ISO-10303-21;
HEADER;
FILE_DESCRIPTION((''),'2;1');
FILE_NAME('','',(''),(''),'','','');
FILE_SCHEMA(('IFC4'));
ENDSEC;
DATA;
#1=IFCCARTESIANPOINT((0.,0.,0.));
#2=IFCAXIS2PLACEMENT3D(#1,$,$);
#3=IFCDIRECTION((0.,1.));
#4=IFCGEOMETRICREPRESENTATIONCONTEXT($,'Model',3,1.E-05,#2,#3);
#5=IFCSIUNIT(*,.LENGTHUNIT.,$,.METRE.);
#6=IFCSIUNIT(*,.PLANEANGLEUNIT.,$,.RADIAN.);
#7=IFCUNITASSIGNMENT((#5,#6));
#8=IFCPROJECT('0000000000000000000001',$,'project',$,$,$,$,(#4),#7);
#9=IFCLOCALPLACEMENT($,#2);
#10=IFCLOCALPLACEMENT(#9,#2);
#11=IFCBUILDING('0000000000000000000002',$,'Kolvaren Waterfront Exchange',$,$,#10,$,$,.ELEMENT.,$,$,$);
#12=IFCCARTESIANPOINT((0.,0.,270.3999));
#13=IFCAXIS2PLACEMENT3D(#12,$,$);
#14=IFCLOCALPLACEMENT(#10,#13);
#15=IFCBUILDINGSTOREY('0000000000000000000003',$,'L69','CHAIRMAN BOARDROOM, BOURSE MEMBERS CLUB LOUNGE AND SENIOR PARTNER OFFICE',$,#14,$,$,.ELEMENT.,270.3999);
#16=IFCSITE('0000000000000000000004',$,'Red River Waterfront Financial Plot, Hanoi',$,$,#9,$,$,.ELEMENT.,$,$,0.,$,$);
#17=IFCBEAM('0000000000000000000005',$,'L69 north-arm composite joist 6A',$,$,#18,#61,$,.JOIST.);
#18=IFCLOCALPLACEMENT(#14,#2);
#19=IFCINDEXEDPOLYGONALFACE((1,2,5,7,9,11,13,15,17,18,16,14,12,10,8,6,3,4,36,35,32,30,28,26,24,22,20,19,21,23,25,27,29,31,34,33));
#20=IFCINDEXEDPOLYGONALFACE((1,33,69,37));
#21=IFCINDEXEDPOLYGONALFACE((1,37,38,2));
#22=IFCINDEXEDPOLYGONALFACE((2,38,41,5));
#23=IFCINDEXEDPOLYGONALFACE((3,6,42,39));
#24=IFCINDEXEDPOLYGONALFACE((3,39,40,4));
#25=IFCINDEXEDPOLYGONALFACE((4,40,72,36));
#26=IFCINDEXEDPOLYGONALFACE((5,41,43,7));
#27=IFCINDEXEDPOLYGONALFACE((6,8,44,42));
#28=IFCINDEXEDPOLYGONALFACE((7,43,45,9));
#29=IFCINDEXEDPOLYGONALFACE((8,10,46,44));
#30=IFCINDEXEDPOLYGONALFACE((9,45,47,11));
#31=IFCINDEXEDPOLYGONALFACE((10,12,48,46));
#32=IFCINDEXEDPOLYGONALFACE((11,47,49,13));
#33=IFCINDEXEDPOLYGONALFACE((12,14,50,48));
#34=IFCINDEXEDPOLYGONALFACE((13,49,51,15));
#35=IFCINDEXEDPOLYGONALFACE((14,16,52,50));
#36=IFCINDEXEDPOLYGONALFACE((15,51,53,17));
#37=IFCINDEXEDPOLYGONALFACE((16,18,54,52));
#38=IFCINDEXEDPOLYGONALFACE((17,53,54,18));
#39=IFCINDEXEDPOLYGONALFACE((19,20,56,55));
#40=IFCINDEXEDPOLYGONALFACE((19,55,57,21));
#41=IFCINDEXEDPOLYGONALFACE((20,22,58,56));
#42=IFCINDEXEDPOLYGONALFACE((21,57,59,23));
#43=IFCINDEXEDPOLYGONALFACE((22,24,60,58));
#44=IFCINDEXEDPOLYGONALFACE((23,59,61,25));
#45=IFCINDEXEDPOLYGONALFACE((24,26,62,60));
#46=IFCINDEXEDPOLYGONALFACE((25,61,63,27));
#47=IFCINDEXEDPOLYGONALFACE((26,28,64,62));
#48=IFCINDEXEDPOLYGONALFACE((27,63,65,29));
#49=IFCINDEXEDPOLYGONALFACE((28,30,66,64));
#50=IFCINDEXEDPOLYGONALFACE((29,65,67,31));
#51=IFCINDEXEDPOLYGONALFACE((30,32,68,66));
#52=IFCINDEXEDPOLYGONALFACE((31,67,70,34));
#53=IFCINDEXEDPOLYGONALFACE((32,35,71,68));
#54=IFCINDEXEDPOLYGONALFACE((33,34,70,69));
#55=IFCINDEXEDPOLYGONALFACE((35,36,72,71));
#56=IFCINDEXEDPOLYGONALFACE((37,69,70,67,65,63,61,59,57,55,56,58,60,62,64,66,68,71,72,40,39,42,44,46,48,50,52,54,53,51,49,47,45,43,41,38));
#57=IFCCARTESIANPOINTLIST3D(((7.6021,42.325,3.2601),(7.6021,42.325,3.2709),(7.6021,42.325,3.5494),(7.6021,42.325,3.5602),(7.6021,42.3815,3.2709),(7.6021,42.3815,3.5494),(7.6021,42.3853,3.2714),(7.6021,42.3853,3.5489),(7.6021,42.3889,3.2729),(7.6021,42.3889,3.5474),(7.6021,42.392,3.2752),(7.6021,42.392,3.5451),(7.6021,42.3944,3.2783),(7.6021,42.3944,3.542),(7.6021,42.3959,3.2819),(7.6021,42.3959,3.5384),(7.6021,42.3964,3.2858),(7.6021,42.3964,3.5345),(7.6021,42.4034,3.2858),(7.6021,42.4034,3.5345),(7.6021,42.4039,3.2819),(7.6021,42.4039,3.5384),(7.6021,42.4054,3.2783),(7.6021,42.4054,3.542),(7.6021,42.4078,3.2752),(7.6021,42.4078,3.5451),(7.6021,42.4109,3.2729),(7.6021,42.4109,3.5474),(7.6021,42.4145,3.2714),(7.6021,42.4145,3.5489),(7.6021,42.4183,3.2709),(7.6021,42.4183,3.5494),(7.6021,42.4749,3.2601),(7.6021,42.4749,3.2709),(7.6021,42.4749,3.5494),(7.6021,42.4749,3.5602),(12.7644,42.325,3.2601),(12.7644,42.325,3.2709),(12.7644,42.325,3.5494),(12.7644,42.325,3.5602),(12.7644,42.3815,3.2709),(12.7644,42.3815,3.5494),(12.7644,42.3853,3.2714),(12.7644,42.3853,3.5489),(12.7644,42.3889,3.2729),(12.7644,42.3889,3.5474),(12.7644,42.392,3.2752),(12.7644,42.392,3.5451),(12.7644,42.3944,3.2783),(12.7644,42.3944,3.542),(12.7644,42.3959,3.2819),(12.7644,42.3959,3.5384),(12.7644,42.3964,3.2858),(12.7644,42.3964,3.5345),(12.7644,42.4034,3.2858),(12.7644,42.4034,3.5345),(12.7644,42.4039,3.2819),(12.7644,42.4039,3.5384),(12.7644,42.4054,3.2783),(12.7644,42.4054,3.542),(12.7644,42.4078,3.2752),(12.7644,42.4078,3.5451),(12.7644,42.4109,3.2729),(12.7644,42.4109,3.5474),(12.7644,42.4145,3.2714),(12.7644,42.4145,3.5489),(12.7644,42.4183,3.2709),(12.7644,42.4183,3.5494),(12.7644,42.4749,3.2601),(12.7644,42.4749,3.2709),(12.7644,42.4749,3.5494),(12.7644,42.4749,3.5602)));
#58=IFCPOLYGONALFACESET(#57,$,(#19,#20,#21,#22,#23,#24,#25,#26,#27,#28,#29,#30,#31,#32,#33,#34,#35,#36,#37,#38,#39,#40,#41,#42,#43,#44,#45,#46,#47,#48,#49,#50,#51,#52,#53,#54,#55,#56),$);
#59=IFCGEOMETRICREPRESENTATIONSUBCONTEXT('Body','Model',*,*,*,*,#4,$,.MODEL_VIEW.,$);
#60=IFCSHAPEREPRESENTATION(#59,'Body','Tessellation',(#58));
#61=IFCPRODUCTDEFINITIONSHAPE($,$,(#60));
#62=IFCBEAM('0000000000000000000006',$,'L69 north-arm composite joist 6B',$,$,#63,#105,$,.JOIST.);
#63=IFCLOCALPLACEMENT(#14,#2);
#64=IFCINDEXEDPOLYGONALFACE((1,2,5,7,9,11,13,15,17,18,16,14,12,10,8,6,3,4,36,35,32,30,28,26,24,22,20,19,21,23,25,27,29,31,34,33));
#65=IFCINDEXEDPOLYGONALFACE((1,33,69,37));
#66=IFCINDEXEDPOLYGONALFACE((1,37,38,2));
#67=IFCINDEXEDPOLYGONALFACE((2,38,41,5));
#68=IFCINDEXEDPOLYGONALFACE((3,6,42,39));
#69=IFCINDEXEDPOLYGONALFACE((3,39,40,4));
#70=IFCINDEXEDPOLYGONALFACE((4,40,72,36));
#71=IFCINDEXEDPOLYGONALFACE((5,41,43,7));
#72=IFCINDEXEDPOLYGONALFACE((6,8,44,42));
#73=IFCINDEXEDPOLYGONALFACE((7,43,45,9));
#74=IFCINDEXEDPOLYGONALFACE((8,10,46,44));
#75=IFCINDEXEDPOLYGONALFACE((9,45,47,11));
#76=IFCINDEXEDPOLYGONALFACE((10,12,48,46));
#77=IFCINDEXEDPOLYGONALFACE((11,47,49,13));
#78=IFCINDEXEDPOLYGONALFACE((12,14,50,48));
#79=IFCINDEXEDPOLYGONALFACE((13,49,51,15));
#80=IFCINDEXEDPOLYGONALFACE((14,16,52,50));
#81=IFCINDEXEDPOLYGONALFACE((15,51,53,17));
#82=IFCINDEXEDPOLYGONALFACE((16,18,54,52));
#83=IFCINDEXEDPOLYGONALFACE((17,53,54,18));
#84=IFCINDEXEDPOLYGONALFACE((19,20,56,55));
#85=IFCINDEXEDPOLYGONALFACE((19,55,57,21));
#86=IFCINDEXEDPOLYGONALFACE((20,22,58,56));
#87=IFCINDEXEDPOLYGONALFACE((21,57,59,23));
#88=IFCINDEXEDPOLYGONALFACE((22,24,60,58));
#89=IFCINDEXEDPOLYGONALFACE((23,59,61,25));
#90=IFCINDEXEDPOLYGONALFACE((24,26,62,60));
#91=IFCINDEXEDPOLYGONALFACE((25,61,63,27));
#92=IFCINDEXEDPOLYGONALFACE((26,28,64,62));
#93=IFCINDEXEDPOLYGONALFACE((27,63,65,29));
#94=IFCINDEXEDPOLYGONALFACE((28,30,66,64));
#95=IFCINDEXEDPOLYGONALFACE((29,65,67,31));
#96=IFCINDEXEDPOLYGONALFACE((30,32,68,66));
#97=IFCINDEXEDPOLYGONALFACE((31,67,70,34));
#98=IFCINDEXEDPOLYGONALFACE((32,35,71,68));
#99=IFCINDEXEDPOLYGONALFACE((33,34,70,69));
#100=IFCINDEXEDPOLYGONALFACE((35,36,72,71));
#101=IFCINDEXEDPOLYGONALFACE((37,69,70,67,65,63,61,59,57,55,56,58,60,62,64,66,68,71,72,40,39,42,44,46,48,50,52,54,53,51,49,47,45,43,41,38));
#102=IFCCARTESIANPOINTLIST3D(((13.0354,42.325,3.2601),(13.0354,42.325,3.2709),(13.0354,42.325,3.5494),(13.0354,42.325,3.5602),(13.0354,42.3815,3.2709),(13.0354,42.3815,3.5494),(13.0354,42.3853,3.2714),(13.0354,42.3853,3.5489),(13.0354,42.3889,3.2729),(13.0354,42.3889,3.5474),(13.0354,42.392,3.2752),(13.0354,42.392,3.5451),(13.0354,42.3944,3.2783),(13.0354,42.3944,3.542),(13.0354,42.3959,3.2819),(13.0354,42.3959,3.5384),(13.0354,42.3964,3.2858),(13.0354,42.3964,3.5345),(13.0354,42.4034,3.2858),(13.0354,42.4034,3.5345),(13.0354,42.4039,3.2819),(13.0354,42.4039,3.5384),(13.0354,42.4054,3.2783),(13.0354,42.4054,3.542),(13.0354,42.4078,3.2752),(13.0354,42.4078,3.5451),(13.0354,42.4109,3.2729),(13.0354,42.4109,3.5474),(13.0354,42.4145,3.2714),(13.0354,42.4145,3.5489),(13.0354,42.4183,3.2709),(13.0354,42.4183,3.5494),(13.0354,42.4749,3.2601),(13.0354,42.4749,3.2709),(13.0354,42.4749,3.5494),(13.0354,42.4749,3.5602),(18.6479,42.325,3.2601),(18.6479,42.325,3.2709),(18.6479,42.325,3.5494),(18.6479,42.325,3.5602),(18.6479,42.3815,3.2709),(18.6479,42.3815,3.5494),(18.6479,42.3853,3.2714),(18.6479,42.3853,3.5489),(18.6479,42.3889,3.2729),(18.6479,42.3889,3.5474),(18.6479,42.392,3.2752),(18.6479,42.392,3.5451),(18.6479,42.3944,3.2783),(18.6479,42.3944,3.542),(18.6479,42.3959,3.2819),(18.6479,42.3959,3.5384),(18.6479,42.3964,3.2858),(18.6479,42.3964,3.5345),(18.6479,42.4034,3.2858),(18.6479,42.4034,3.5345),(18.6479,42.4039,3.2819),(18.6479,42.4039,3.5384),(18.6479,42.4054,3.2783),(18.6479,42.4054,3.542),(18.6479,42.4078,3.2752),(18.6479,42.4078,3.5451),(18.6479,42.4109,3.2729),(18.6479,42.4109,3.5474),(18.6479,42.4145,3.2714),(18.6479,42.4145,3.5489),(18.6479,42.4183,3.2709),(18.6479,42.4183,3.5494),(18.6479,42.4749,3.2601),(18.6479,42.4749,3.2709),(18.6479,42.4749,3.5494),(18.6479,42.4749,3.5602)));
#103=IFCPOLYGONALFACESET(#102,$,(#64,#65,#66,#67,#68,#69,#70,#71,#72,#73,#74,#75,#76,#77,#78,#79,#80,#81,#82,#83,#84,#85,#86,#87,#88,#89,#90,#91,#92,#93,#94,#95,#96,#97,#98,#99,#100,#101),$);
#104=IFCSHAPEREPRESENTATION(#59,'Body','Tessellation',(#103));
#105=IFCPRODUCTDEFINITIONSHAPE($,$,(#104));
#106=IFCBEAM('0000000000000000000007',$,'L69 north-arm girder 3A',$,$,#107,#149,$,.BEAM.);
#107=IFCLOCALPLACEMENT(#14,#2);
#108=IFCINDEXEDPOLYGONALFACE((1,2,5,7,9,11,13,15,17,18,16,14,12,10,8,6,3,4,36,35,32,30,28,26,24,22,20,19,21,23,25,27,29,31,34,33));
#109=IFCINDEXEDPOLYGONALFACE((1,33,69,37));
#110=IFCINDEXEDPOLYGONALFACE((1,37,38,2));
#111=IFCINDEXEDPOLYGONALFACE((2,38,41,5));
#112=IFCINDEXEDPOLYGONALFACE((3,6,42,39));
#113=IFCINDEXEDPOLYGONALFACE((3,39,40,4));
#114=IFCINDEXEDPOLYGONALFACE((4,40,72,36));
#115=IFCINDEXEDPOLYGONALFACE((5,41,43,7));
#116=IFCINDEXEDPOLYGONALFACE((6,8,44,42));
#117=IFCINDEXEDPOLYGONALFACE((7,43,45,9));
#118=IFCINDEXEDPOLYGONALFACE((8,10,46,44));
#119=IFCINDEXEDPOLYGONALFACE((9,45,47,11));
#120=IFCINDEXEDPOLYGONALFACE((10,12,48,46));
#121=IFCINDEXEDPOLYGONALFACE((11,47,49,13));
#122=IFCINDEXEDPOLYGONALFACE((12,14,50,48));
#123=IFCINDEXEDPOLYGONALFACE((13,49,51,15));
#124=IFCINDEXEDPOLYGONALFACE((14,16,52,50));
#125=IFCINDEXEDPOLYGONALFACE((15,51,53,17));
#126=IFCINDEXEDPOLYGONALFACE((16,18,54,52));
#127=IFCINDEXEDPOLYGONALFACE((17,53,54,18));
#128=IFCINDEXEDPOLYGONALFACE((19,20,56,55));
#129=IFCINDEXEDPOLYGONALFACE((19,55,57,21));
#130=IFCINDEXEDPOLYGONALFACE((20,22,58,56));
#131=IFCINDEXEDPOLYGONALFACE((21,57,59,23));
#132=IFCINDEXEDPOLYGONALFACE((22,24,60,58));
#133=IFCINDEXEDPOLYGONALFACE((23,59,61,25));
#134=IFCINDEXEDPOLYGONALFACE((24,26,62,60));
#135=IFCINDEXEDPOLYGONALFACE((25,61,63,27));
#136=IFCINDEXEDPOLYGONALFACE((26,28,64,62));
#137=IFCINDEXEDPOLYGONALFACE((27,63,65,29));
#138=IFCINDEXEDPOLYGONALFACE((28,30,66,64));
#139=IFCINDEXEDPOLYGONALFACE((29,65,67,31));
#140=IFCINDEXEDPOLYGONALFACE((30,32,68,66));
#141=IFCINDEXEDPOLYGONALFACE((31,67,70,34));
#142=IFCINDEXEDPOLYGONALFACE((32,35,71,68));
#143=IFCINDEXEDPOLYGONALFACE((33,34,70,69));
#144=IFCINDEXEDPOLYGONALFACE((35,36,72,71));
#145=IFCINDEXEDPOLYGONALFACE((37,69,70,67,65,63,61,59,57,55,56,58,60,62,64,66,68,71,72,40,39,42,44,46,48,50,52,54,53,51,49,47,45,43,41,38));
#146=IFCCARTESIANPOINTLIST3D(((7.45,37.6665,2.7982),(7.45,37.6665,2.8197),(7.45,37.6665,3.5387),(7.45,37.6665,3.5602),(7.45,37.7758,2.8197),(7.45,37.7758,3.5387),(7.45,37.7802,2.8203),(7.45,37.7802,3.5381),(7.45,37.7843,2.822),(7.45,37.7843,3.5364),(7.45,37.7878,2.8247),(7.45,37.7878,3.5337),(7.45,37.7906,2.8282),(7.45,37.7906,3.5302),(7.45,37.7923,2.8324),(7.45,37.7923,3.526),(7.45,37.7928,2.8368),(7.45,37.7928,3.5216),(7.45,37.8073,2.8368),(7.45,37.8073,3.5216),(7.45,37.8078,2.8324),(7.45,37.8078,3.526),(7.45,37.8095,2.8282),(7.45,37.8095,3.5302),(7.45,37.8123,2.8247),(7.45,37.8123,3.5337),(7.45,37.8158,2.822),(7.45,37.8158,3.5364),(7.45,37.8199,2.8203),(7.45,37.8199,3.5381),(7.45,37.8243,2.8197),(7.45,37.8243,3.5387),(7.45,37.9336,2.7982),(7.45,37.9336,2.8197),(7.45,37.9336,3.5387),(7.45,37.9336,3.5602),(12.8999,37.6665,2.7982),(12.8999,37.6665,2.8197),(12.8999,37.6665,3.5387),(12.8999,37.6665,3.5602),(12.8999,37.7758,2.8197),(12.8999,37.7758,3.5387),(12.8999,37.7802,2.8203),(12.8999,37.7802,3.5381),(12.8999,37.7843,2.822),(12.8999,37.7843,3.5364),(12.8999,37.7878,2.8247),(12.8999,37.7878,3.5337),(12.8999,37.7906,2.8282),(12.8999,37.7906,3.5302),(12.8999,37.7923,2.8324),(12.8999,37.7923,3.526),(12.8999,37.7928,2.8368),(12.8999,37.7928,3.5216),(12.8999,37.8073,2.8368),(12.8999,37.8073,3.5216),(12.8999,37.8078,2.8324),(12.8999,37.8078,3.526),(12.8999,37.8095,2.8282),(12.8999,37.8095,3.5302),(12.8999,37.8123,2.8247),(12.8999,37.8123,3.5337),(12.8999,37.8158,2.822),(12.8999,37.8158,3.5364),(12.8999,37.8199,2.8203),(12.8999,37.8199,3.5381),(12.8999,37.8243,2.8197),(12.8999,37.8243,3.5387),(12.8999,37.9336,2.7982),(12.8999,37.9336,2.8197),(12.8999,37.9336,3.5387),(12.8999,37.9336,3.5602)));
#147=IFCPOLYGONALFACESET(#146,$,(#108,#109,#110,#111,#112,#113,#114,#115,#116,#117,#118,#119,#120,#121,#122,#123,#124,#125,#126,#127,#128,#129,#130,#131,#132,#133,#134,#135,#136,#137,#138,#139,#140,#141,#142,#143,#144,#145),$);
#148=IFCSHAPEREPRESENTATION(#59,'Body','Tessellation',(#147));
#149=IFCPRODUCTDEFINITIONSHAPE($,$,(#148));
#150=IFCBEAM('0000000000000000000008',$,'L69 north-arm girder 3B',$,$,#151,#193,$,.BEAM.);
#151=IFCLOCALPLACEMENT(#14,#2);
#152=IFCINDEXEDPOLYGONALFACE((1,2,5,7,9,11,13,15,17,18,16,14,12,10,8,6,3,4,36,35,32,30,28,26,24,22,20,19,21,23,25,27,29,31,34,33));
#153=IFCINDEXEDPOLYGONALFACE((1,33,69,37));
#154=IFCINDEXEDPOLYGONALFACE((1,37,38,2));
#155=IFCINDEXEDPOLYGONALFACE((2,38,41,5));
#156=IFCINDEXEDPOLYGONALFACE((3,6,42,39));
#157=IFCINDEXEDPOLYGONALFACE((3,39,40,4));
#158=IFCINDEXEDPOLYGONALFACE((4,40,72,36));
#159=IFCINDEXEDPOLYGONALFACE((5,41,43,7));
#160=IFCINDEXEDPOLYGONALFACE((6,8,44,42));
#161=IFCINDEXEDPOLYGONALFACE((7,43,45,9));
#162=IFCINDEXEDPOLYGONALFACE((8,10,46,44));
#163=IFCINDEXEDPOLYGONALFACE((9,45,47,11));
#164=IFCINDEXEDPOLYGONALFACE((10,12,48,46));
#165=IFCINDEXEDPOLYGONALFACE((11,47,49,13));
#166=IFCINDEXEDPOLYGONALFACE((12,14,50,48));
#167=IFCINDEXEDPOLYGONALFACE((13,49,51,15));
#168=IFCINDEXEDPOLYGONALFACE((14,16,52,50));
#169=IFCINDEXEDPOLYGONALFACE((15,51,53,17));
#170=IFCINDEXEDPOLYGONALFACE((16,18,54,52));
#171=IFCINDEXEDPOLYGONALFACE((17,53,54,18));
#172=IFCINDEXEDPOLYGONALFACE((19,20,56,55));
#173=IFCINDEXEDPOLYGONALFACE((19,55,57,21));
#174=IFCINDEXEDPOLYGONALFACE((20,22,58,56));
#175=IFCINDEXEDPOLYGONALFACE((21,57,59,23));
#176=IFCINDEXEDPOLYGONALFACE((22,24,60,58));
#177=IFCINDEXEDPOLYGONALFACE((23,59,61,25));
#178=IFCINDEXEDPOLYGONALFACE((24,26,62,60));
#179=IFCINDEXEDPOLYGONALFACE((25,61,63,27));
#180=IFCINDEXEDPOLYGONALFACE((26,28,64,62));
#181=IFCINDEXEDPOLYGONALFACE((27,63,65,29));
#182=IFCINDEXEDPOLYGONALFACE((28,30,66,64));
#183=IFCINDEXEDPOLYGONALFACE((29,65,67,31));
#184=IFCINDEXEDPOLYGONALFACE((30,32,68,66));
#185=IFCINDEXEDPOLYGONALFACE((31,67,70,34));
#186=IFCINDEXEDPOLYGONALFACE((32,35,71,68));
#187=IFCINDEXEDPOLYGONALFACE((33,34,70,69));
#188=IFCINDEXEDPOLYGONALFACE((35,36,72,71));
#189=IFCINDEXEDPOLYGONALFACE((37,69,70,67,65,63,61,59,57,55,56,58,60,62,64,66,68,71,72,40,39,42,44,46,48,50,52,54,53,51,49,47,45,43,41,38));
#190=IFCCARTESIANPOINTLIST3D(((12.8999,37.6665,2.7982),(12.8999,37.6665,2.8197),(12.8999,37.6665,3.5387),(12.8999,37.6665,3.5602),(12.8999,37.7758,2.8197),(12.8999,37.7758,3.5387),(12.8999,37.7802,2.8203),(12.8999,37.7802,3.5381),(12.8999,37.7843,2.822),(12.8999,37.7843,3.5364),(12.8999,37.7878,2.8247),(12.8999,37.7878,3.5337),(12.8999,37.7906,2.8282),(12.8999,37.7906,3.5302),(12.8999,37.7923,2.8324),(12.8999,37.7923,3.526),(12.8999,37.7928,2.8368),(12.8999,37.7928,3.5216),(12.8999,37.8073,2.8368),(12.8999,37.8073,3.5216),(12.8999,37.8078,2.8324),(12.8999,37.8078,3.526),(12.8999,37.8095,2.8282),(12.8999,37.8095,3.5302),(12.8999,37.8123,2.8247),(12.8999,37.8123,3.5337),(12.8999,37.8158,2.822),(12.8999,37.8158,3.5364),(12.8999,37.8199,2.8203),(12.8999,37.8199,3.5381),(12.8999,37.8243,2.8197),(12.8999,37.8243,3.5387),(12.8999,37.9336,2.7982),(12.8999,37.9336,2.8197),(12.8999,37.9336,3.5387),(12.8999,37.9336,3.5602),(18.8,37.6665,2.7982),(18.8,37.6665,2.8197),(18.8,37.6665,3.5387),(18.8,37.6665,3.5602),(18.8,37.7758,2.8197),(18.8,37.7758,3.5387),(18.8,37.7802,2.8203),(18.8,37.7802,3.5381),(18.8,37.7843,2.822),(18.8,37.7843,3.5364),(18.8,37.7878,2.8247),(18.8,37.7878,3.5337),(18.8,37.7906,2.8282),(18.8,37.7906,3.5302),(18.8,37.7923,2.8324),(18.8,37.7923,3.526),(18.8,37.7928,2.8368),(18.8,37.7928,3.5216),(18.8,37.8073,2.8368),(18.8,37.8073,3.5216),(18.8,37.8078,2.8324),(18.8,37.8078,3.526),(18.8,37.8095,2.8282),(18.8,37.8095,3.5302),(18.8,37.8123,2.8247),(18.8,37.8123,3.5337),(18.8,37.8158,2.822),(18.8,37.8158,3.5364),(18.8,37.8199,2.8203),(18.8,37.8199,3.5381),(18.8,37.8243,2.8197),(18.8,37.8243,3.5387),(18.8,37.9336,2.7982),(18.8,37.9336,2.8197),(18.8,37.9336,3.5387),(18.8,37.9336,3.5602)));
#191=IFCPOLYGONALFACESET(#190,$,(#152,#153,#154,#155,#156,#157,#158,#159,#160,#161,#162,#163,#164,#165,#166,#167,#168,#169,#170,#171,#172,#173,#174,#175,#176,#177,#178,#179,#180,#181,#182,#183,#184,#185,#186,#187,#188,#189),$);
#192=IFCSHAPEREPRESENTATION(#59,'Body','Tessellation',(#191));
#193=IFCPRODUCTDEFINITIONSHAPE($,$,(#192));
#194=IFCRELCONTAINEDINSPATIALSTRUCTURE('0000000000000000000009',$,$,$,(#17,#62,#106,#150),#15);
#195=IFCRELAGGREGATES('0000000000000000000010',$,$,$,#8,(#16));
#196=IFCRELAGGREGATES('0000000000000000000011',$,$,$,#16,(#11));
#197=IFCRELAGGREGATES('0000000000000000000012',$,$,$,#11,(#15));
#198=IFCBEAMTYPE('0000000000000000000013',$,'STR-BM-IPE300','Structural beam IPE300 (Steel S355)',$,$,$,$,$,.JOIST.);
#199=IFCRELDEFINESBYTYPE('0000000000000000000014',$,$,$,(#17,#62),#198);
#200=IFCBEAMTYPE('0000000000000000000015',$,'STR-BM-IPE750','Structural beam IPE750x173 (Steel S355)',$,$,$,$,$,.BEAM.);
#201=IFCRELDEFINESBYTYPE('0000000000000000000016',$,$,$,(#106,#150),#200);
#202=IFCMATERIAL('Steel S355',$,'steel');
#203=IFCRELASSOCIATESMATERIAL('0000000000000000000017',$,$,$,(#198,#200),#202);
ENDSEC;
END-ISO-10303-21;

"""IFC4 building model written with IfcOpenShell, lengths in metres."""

from ifc_helpers import new_model, si_unit, direction, frame, origin, origin_2d, place, context, subcontext, project, spatial, i_section, extrude, material, material_profile, profile_set, type_object, element, save


model = new_model("IFC4")

# Units and contexts
model_context = context("Model", 3, precision=1e-05, world=origin(), true_north=direction((0.0, 1.0)))
body_context = subcontext(model_context, "Body", "Model", "MODEL_VIEW")
ifc_project = project(units=[si_unit("LENGTHUNIT", "METRE"), si_unit("PLANEANGLEUNIT", "RADIAN")], contexts=[model_context])

# Site, building, storey
site_placement = place(None, origin())
site = spatial("IfcSite", under=ifc_project, at=site_placement, Name="Red River Waterfront Financial Plot, Hanoi", CompositionType="ELEMENT", RefElevation=0.0)
building_placement = place(site_placement, origin())
building = spatial("IfcBuilding", under=site, at=building_placement, Name="Kolvaren Waterfront Exchange", CompositionType="ELEMENT")
storey_placement = place(building_placement, frame((0.0, 0.0, 270.3999)))
storey = spatial("IfcBuildingStorey", under=building, at=storey_placement, Name="L69", Description="CHAIRMAN BOARDROOM, BOURSE MEMBERS CLUB LOUNGE AND SENIOR PARTNER OFFICE", CompositionType="ELEMENT", Elevation=270.3999)

# Beams
ifc_material_1 = material(Name="Steel S355", Category="steel")
ifc_material_profile_1 = material_profile(ifc_material_1, i_section(OverallWidth=0.1499, OverallDepth=0.3, WebThickness=0.0071, FlangeThickness=0.0107, FilletRadius=0.0149, at=origin_2d()), Name="IPE300")
ifc_profile_set_1 = profile_set([ifc_material_profile_1], Name="Steel S355")
beam_type_1 = type_object("IfcBeamType", Name="STR-BM-IPE300", Description="Structural beam IPE300 (Steel S355)", PredefinedType="JOIST", material=ifc_profile_set_1)
beam_1_placement = place(storey_placement, frame((7.6021, 42.3999, 3.4102), z_axis=(1.0, 0.0, 0.0), x_axis=(0.0, 1.0, 0.0)))
element("IfcBeam", 1, at=beam_1_placement, inside=storey, type_object=beam_type_1, Name="L69 north-arm composite joist 6A", PredefinedType="JOIST", context=body_context, shape_type="SweptSolid", body=[
    extrude(i_section(OverallWidth=0.1499, OverallDepth=0.3, WebThickness=0.0071, FlangeThickness=0.0107, FilletRadius=0.0149, at=origin_2d()), origin(), (0.0, 0.0, 1.0), 5.1624),
])
beam_2_placement = place(storey_placement, frame((13.0354, 42.3999, 3.4102), z_axis=(1.0, 0.0, 0.0), x_axis=(0.0, 1.0, 0.0)))
element("IfcBeam", 2, at=beam_2_placement, inside=storey, type_object=beam_type_1, Name="L69 north-arm composite joist 6B", PredefinedType="JOIST", context=body_context, shape_type="SweptSolid", body=[
    extrude(i_section(OverallWidth=0.1499, OverallDepth=0.3, WebThickness=0.0071, FlangeThickness=0.0107, FilletRadius=0.0149, at=origin_2d()), origin(), (0.0, 0.0, 1.0), 5.6125),
])
ifc_material_profile_2 = material_profile(ifc_material_1, i_section(OverallWidth=0.2671, OverallDepth=0.762, WebThickness=0.0144, FlangeThickness=0.0215, FilletRadius=0.0171, at=origin_2d()), Name="IPE750x173")
ifc_profile_set_2 = profile_set([ifc_material_profile_2], Name="Steel S355")
beam_type_2 = type_object("IfcBeamType", Name="STR-BM-IPE750", Description="Structural beam IPE750x173 (Steel S355)", PredefinedType="BEAM", material=ifc_profile_set_2)
beam_3_placement = place(storey_placement, frame((7.45, 37.8, 3.1792), z_axis=(1.0, 0.0, 0.0), x_axis=(0.0, 1.0, 0.0)))
element("IfcBeam", 3, at=beam_3_placement, inside=storey, type_object=beam_type_2, Name="L69 north-arm girder 3A", PredefinedType="BEAM", context=body_context, shape_type="SweptSolid", body=[
    extrude(i_section(OverallWidth=0.2671, OverallDepth=0.762, WebThickness=0.0144, FlangeThickness=0.0215, FilletRadius=0.0171, at=origin_2d()), origin(), (0.0, 0.0, 1.0), 5.45),
])
beam_4_placement = place(storey_placement, frame((12.8999, 37.8, 3.1792), z_axis=(1.0, 0.0, 0.0), x_axis=(0.0, 1.0, 0.0)))
element("IfcBeam", 4, at=beam_4_placement, inside=storey, type_object=beam_type_2, Name="L69 north-arm girder 3B", PredefinedType="BEAM", context=body_context, shape_type="SweptSolid", body=[
    extrude(i_section(OverallWidth=0.2671, OverallDepth=0.762, WebThickness=0.0144, FlangeThickness=0.0215, FilletRadius=0.0171, at=origin_2d()), origin(), (0.0, 0.0, 1.0), 5.9001),
])

save(model, "model.ifc")
